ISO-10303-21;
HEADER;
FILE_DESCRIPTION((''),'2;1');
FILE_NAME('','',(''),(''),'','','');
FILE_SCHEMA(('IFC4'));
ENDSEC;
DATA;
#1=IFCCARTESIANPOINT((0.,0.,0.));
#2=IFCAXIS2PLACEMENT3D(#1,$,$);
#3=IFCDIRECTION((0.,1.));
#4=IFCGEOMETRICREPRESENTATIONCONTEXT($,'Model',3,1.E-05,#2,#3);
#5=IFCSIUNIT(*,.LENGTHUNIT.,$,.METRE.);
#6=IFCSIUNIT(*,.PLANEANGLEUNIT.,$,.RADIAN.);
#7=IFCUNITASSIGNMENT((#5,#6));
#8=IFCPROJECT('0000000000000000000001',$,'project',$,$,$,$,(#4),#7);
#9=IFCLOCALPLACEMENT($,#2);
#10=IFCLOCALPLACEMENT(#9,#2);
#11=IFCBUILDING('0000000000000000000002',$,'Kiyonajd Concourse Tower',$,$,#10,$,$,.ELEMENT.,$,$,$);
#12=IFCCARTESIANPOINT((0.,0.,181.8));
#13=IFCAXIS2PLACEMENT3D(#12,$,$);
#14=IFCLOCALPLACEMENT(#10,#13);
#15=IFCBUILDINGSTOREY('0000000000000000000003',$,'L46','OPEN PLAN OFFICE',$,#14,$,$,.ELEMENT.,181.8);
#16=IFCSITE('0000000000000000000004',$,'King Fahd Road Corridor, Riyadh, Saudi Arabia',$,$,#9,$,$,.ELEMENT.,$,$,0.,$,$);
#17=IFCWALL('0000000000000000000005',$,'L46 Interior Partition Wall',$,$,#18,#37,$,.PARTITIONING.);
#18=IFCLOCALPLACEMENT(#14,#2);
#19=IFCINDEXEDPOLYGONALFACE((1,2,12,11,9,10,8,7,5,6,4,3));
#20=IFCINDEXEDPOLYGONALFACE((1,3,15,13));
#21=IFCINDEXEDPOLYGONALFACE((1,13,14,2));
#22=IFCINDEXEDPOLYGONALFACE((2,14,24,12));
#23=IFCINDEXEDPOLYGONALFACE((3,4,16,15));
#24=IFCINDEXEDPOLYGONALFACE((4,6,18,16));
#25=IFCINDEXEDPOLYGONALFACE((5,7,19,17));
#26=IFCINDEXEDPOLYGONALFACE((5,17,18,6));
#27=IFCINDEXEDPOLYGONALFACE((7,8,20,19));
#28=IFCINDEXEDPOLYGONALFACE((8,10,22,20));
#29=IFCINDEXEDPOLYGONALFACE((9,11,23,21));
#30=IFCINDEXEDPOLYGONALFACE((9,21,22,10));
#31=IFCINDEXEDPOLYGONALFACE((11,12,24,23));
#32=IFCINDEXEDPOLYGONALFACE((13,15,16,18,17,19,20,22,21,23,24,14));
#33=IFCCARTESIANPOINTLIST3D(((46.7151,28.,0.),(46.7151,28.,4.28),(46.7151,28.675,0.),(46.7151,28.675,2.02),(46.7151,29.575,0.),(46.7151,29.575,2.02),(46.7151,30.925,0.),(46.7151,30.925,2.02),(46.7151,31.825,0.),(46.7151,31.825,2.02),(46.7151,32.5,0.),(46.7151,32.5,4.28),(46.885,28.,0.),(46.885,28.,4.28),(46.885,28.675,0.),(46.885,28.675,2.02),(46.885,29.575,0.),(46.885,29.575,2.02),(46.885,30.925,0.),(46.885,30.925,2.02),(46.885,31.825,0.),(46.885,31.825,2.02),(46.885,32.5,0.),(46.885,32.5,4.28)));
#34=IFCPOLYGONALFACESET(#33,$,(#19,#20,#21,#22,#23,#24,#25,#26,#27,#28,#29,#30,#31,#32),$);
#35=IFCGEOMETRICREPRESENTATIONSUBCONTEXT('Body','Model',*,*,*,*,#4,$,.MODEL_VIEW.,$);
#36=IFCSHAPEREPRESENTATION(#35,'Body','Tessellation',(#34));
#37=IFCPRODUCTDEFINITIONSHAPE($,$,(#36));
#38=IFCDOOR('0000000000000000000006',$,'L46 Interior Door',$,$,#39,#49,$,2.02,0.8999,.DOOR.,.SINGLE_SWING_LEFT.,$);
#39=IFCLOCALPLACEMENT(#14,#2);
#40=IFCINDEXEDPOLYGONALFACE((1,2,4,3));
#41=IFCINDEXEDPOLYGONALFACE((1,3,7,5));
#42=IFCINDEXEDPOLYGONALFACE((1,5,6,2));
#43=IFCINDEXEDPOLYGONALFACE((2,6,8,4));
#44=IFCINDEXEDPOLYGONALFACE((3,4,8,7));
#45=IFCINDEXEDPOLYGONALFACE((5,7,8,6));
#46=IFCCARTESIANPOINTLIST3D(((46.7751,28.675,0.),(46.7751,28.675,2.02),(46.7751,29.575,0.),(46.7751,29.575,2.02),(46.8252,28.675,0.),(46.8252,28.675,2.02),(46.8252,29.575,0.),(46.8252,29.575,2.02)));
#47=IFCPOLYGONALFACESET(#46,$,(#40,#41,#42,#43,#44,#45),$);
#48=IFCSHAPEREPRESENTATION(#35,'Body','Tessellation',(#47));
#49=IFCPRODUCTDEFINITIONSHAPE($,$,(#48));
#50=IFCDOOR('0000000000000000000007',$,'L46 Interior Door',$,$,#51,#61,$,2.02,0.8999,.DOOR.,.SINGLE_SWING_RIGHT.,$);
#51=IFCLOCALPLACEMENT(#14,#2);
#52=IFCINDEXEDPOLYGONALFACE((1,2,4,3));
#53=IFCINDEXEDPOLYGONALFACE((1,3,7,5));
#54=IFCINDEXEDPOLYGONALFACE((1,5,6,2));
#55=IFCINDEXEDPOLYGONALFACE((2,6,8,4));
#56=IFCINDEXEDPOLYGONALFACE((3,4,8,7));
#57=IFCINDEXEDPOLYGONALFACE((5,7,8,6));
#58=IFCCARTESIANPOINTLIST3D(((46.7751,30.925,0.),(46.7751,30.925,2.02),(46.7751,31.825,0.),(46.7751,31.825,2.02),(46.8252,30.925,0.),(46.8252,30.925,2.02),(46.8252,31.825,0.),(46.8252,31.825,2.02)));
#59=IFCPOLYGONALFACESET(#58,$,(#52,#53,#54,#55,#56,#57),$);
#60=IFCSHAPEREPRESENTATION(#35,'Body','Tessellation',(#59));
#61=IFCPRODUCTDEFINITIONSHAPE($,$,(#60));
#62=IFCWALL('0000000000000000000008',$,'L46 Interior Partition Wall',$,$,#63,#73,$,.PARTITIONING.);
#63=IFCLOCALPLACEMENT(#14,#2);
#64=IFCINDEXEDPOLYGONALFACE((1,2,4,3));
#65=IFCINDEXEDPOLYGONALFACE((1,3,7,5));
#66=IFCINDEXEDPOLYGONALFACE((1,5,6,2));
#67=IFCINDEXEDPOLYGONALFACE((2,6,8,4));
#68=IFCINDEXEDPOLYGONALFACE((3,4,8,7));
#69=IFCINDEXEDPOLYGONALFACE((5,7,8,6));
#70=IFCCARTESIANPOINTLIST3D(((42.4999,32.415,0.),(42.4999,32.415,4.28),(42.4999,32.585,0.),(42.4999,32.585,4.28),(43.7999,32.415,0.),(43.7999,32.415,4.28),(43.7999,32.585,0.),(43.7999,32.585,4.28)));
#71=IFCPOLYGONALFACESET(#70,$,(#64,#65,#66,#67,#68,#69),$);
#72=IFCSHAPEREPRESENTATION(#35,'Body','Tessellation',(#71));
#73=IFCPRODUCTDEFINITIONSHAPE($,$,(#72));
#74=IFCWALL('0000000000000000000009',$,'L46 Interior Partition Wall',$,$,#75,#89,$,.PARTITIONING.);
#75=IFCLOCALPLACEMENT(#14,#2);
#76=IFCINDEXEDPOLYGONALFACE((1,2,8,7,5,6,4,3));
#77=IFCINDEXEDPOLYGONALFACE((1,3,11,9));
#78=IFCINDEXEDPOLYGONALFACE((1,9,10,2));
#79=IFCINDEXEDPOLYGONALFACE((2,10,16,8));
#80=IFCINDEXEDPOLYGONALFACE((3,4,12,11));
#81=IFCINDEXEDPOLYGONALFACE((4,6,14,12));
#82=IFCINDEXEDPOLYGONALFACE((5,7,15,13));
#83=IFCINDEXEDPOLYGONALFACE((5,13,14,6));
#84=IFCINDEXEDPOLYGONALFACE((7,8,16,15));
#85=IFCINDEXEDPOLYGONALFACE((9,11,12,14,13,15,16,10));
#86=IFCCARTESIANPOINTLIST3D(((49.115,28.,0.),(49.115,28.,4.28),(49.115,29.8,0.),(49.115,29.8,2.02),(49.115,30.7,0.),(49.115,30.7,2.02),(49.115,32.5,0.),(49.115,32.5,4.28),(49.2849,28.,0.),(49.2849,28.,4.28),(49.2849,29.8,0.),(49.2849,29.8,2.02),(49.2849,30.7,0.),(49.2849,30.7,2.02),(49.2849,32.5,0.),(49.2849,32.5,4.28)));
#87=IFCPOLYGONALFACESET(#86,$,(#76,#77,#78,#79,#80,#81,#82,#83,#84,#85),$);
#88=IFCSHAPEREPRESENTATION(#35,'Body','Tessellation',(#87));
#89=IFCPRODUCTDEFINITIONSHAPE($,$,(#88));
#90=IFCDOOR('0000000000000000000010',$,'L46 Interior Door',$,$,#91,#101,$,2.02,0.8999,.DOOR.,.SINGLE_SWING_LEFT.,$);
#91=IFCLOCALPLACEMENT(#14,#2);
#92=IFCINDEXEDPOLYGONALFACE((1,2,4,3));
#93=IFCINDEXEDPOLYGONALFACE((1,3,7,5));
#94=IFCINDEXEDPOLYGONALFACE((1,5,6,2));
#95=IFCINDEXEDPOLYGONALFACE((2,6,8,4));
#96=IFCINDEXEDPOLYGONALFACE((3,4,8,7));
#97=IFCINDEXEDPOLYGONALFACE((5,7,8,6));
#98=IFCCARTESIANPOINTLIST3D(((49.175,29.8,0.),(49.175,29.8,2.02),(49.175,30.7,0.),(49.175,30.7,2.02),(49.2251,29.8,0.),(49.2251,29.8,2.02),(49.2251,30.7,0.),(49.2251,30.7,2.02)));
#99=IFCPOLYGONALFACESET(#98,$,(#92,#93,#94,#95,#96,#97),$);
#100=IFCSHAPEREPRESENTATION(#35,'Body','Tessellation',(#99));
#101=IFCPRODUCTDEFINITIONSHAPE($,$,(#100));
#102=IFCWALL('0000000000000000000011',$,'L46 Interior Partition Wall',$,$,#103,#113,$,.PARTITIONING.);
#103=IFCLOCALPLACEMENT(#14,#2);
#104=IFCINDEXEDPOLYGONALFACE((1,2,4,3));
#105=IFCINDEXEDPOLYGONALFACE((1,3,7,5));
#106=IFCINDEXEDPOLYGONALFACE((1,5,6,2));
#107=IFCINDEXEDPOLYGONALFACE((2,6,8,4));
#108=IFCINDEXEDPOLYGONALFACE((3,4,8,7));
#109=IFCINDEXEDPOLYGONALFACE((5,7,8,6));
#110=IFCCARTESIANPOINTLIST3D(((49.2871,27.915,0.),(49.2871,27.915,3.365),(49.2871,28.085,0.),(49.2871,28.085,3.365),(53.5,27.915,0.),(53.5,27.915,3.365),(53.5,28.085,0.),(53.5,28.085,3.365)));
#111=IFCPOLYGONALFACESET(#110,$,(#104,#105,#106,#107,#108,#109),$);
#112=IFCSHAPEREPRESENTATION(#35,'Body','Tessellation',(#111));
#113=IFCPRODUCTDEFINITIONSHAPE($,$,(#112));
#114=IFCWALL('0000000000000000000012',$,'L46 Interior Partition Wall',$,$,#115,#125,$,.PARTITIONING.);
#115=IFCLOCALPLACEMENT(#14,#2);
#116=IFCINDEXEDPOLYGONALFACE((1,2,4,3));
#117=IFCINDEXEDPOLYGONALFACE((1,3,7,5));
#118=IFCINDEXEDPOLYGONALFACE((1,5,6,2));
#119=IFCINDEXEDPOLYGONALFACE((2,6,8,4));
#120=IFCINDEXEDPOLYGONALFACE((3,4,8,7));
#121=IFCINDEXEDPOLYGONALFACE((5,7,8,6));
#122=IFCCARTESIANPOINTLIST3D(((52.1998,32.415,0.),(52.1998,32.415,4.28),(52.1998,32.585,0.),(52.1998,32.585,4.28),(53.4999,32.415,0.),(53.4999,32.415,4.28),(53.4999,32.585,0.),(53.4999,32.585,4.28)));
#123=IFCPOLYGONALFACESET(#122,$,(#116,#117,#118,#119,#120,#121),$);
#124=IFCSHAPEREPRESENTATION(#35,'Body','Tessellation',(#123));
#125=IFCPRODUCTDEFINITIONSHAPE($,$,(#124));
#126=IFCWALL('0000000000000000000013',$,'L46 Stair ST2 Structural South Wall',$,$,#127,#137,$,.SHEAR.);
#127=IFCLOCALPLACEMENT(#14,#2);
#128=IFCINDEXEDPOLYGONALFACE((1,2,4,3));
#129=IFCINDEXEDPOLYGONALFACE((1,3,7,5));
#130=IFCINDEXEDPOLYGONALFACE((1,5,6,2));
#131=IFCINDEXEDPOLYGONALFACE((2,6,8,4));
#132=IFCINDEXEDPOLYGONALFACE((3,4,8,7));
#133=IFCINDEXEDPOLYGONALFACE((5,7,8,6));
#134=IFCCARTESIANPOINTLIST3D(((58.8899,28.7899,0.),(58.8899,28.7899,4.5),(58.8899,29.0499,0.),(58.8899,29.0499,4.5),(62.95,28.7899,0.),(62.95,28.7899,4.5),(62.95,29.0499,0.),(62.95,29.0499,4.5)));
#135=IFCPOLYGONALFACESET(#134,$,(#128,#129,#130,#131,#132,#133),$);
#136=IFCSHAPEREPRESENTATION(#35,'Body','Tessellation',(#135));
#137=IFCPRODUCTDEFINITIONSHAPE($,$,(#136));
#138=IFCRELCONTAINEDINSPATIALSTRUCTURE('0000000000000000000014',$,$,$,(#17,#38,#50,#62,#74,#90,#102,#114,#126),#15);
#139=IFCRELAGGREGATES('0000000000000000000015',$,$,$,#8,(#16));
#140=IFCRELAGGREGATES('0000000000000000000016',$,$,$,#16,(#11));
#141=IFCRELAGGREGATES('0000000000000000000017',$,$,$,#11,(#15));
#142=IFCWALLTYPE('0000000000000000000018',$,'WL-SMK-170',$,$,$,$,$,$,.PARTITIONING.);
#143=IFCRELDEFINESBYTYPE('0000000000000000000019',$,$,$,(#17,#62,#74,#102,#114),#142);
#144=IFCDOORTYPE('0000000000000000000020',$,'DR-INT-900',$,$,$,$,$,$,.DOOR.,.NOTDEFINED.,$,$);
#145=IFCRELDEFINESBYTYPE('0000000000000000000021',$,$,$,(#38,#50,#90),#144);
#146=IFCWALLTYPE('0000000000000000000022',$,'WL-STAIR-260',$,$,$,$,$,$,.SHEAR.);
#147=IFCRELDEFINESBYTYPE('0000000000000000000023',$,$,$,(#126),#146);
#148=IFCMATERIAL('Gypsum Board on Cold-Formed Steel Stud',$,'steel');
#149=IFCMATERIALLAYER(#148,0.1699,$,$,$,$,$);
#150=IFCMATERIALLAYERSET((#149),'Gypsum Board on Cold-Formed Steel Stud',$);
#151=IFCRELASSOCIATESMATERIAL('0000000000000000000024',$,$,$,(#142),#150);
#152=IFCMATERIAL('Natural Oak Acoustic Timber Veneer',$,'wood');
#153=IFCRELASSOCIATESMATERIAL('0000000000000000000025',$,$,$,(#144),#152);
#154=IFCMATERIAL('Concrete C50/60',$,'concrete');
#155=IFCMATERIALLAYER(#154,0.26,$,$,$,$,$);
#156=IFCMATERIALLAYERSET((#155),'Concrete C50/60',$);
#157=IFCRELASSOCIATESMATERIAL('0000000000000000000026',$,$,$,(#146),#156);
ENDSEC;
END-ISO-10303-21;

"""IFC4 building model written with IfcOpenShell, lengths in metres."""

from ifc_helpers import new_model, si_unit, direction, frame, frame_2d, origin, place, context, subcontext, project, spatial, rectangle, extrude, material, layer, layer_set, type_object, element, fill, save


model = new_model("IFC4")

# Units and contexts
model_context = context("Model", 3, precision=1e-05, world=origin(), true_north=direction((0.0, 1.0)))
body_context = subcontext(model_context, "Body", "Model", "MODEL_VIEW")
ifc_project = project(units=[si_unit("LENGTHUNIT", "METRE"), si_unit("PLANEANGLEUNIT", "RADIAN")], contexts=[model_context])

# Site, building, storey
site_placement = place(None, origin())
site = spatial("IfcSite", under=ifc_project, at=site_placement, Name="King Fahd Road Corridor, Riyadh, Saudi Arabia", CompositionType="ELEMENT", RefElevation=0.0)
building_placement = place(site_placement, origin())
building = spatial("IfcBuilding", under=site, at=building_placement, Name="Kiyonajd Concourse Tower", CompositionType="ELEMENT")
storey_placement = place(building_placement, frame((0.0, 0.0, 181.8)))
storey = spatial("IfcBuildingStorey", under=building, at=storey_placement, Name="L46", Description="OPEN PLAN OFFICE", CompositionType="ELEMENT", Elevation=181.8)

# Shared definitions
ifc_material_1 = material(Name="Concrete C50/60", Category="concrete")

# Shared definitions
ifc_material_2 = material(Name="Gypsum Board on Cold-Formed Steel Stud", Category="steel")

# Shared definitions
ifc_layer_1 = layer(ifc_material_2, 0.1699)
ifc_layer_set_1 = layer_set([ifc_layer_1], Name="Gypsum Board on Cold-Formed Steel Stud")
wall_type_1 = type_object("IfcWallType", Name="WL-SMK-170", PredefinedType="PARTITIONING", material=ifc_layer_set_1)
ifc_material_3 = material(Name="Natural Oak Acoustic Timber Veneer", Category="wood")
door_type_1 = type_object("IfcDoorType", Name="DR-INT-900", OperationType="NOTDEFINED", PredefinedType="DOOR", material=ifc_material_3)

# Wall, openings, doors
wall_1_placement = place(storey_placement, frame((46.8, 28.0, 0.0), z_axis=(0.0, 0.0, 1.0), x_axis=(0.0, 1.0, 0.0)))
wall_1 = element("IfcWall", 1, at=wall_1_placement, inside=storey, type_object=wall_type_1, Name="L46 Interior Partition Wall", PredefinedType="PARTITIONING", context=body_context, shape_type="SweptSolid", body=[
    extrude(rectangle(XDim=4.5, YDim=0.1699, at=frame_2d((2.25, 0.0))), origin(), (0.0, 0.0, 1.0), 4.28),
])
opening_1_placement = place(wall_1_placement, frame((0.675, 0.0, 0.0)))
opening_1 = element("IfcOpeningElement", 2, at=opening_1_placement, cuts=wall_1, PredefinedType="OPENING", context=body_context, shape_type="SweptSolid", body=[
    extrude(rectangle(XDim=0.8999, YDim=2.02, at=frame_2d((0.45, 1.01))), frame((0.0, 0.095, 0.0), z_axis=(0.0, -1.0, 0.0), x_axis=(1.0, 0.0, 0.0)), (0.0, 0.0, 1.0), 0.1899),
])
opening_2_placement = place(wall_1_placement, frame((2.925, 0.0, 0.0)))
opening_2 = element("IfcOpeningElement", 3, at=opening_2_placement, cuts=wall_1, PredefinedType="OPENING", context=body_context, shape_type="SweptSolid", body=[
    extrude(rectangle(XDim=0.8999, YDim=2.02, at=frame_2d((0.45, 1.01))), frame((0.0, 0.095, 0.0), z_axis=(0.0, -1.0, 0.0), x_axis=(1.0, 0.0, 0.0)), (0.0, 0.0, 1.0), 0.1899),
])
door_1_placement = place(opening_1_placement, origin())
door_1 = element("IfcDoor", 4, at=door_1_placement, inside=storey, type_object=door_type_1, Name="L46 Interior Door", OperationType="SINGLE_SWING_LEFT", OverallHeight=2.02, OverallWidth=0.8999, PredefinedType="DOOR", context=body_context, shape_type="SweptSolid", body=[
    extrude(rectangle(XDim=0.8999, YDim=2.02, at=frame_2d((0.45, 1.01))), frame((0.0, 0.0249, 0.0), z_axis=(0.0, -1.0, 0.0), x_axis=(1.0, 0.0, 0.0)), (0.0, 0.0, 1.0), 0.05),
])
fill(opening_1, door_1)
door_2_placement = place(opening_2_placement, origin())
door_2 = element("IfcDoor", 5, at=door_2_placement, inside=storey, type_object=door_type_1, Name="L46 Interior Door", OperationType="SINGLE_SWING_RIGHT", OverallHeight=2.02, OverallWidth=0.8999, PredefinedType="DOOR", context=body_context, shape_type="SweptSolid", body=[
    extrude(rectangle(XDim=0.8999, YDim=2.02, at=frame_2d((0.45, 1.01))), frame((0.0, 0.0249, 0.0), z_axis=(0.0, -1.0, 0.0), x_axis=(1.0, 0.0, 0.0)), (0.0, 0.0, 1.0), 0.05),
])
fill(opening_2, door_2)

# Wall
wall_2_placement = place(storey_placement, frame((42.5, 32.5, 0.0), z_axis=(0.0, 0.0, 1.0), x_axis=(1.0, 0.0, 0.0)))
element("IfcWall", 6, at=wall_2_placement, inside=storey, type_object=wall_type_1, Name="L46 Interior Partition Wall", PredefinedType="PARTITIONING", context=body_context, shape_type="SweptSolid", body=[
    extrude(rectangle(XDim=1.3, YDim=0.1699, at=frame_2d((0.6499, 0.0))), origin(), (0.0, 0.0, 1.0), 4.28),
])

# Wall, opening, door
wall_3_placement = place(storey_placement, frame((49.2, 28.0, 0.0), z_axis=(0.0, 0.0, 1.0), x_axis=(0.0, 1.0, 0.0)))
wall_3 = element("IfcWall", 7, at=wall_3_placement, inside=storey, type_object=wall_type_1, Name="L46 Interior Partition Wall", PredefinedType="PARTITIONING", context=body_context, shape_type="SweptSolid", body=[
    extrude(rectangle(XDim=4.5, YDim=0.1699, at=frame_2d((2.25, 0.0))), origin(), (0.0, 0.0, 1.0), 4.28),
])
opening_3_placement = place(wall_3_placement, frame((1.8, 0.0, 0.0)))
opening_3 = element("IfcOpeningElement", 8, at=opening_3_placement, cuts=wall_3, PredefinedType="OPENING", context=body_context, shape_type="SweptSolid", body=[
    extrude(rectangle(XDim=0.8999, YDim=2.02, at=frame_2d((0.45, 1.01))), frame((0.0, 0.095, 0.0), z_axis=(0.0, -1.0, 0.0), x_axis=(1.0, 0.0, 0.0)), (0.0, 0.0, 1.0), 0.1899),
])
door_3_placement = place(opening_3_placement, origin())
door_3 = element("IfcDoor", 9, at=door_3_placement, inside=storey, type_object=door_type_1, Name="L46 Interior Door", OperationType="SINGLE_SWING_LEFT", OverallHeight=2.02, OverallWidth=0.8999, PredefinedType="DOOR", context=body_context, shape_type="SweptSolid", body=[
    extrude(rectangle(XDim=0.8999, YDim=2.02, at=frame_2d((0.45, 1.01))), frame((0.0, 0.0249, 0.0), z_axis=(0.0, -1.0, 0.0), x_axis=(1.0, 0.0, 0.0)), (0.0, 0.0, 1.0), 0.05),
])
fill(opening_3, door_3)

# Walls
wall_4_placement = place(storey_placement, frame((49.2871, 28.0, 0.0), z_axis=(0.0, 0.0, 1.0), x_axis=(1.0, 0.0, 0.0)))
element("IfcWall", 10, at=wall_4_placement, inside=storey, type_object=wall_type_1, Name="L46 Interior Partition Wall", PredefinedType="PARTITIONING", context=body_context, shape_type="SweptSolid", body=[
    extrude(rectangle(XDim=4.2129, YDim=0.1699, at=frame_2d((2.1064, 0.0))), origin(), (0.0, 0.0, 1.0), 3.365),
])
wall_5_placement = place(storey_placement, frame((52.2, 32.5, 0.0), z_axis=(0.0, 0.0, 1.0), x_axis=(1.0, 0.0, 0.0)))
element("IfcWall", 11, at=wall_5_placement, inside=storey, type_object=wall_type_1, Name="L46 Interior Partition Wall", PredefinedType="PARTITIONING", context=body_context, shape_type="SweptSolid", body=[
    extrude(rectangle(XDim=1.3, YDim=0.1699, at=frame_2d((0.6499, 0.0))), origin(), (0.0, 0.0, 1.0), 4.28),
])
ifc_layer_2 = layer(ifc_material_1, 0.26)
ifc_layer_set_2 = layer_set([ifc_layer_2], Name="Concrete C50/60")
wall_type_2 = type_object("IfcWallType", Name="WL-STAIR-260", PredefinedType="SHEAR", material=ifc_layer_set_2)
wall_6_placement = place(storey_placement, frame((58.8899, 28.9199, 0.0), z_axis=(0.0, 0.0, 1.0), x_axis=(1.0, 0.0, 0.0)))
element("IfcWall", 12, at=wall_6_placement, inside=storey, type_object=wall_type_2, Name="L46 Stair ST2 Structural South Wall", PredefinedType="SHEAR", context=body_context, shape_type="SweptSolid", body=[
    extrude(rectangle(XDim=4.0601, YDim=0.26, at=frame_2d((2.03, 0.0))), origin(), (0.0, 0.0, 1.0), 4.5),
])

save(model, "model.ifc")
